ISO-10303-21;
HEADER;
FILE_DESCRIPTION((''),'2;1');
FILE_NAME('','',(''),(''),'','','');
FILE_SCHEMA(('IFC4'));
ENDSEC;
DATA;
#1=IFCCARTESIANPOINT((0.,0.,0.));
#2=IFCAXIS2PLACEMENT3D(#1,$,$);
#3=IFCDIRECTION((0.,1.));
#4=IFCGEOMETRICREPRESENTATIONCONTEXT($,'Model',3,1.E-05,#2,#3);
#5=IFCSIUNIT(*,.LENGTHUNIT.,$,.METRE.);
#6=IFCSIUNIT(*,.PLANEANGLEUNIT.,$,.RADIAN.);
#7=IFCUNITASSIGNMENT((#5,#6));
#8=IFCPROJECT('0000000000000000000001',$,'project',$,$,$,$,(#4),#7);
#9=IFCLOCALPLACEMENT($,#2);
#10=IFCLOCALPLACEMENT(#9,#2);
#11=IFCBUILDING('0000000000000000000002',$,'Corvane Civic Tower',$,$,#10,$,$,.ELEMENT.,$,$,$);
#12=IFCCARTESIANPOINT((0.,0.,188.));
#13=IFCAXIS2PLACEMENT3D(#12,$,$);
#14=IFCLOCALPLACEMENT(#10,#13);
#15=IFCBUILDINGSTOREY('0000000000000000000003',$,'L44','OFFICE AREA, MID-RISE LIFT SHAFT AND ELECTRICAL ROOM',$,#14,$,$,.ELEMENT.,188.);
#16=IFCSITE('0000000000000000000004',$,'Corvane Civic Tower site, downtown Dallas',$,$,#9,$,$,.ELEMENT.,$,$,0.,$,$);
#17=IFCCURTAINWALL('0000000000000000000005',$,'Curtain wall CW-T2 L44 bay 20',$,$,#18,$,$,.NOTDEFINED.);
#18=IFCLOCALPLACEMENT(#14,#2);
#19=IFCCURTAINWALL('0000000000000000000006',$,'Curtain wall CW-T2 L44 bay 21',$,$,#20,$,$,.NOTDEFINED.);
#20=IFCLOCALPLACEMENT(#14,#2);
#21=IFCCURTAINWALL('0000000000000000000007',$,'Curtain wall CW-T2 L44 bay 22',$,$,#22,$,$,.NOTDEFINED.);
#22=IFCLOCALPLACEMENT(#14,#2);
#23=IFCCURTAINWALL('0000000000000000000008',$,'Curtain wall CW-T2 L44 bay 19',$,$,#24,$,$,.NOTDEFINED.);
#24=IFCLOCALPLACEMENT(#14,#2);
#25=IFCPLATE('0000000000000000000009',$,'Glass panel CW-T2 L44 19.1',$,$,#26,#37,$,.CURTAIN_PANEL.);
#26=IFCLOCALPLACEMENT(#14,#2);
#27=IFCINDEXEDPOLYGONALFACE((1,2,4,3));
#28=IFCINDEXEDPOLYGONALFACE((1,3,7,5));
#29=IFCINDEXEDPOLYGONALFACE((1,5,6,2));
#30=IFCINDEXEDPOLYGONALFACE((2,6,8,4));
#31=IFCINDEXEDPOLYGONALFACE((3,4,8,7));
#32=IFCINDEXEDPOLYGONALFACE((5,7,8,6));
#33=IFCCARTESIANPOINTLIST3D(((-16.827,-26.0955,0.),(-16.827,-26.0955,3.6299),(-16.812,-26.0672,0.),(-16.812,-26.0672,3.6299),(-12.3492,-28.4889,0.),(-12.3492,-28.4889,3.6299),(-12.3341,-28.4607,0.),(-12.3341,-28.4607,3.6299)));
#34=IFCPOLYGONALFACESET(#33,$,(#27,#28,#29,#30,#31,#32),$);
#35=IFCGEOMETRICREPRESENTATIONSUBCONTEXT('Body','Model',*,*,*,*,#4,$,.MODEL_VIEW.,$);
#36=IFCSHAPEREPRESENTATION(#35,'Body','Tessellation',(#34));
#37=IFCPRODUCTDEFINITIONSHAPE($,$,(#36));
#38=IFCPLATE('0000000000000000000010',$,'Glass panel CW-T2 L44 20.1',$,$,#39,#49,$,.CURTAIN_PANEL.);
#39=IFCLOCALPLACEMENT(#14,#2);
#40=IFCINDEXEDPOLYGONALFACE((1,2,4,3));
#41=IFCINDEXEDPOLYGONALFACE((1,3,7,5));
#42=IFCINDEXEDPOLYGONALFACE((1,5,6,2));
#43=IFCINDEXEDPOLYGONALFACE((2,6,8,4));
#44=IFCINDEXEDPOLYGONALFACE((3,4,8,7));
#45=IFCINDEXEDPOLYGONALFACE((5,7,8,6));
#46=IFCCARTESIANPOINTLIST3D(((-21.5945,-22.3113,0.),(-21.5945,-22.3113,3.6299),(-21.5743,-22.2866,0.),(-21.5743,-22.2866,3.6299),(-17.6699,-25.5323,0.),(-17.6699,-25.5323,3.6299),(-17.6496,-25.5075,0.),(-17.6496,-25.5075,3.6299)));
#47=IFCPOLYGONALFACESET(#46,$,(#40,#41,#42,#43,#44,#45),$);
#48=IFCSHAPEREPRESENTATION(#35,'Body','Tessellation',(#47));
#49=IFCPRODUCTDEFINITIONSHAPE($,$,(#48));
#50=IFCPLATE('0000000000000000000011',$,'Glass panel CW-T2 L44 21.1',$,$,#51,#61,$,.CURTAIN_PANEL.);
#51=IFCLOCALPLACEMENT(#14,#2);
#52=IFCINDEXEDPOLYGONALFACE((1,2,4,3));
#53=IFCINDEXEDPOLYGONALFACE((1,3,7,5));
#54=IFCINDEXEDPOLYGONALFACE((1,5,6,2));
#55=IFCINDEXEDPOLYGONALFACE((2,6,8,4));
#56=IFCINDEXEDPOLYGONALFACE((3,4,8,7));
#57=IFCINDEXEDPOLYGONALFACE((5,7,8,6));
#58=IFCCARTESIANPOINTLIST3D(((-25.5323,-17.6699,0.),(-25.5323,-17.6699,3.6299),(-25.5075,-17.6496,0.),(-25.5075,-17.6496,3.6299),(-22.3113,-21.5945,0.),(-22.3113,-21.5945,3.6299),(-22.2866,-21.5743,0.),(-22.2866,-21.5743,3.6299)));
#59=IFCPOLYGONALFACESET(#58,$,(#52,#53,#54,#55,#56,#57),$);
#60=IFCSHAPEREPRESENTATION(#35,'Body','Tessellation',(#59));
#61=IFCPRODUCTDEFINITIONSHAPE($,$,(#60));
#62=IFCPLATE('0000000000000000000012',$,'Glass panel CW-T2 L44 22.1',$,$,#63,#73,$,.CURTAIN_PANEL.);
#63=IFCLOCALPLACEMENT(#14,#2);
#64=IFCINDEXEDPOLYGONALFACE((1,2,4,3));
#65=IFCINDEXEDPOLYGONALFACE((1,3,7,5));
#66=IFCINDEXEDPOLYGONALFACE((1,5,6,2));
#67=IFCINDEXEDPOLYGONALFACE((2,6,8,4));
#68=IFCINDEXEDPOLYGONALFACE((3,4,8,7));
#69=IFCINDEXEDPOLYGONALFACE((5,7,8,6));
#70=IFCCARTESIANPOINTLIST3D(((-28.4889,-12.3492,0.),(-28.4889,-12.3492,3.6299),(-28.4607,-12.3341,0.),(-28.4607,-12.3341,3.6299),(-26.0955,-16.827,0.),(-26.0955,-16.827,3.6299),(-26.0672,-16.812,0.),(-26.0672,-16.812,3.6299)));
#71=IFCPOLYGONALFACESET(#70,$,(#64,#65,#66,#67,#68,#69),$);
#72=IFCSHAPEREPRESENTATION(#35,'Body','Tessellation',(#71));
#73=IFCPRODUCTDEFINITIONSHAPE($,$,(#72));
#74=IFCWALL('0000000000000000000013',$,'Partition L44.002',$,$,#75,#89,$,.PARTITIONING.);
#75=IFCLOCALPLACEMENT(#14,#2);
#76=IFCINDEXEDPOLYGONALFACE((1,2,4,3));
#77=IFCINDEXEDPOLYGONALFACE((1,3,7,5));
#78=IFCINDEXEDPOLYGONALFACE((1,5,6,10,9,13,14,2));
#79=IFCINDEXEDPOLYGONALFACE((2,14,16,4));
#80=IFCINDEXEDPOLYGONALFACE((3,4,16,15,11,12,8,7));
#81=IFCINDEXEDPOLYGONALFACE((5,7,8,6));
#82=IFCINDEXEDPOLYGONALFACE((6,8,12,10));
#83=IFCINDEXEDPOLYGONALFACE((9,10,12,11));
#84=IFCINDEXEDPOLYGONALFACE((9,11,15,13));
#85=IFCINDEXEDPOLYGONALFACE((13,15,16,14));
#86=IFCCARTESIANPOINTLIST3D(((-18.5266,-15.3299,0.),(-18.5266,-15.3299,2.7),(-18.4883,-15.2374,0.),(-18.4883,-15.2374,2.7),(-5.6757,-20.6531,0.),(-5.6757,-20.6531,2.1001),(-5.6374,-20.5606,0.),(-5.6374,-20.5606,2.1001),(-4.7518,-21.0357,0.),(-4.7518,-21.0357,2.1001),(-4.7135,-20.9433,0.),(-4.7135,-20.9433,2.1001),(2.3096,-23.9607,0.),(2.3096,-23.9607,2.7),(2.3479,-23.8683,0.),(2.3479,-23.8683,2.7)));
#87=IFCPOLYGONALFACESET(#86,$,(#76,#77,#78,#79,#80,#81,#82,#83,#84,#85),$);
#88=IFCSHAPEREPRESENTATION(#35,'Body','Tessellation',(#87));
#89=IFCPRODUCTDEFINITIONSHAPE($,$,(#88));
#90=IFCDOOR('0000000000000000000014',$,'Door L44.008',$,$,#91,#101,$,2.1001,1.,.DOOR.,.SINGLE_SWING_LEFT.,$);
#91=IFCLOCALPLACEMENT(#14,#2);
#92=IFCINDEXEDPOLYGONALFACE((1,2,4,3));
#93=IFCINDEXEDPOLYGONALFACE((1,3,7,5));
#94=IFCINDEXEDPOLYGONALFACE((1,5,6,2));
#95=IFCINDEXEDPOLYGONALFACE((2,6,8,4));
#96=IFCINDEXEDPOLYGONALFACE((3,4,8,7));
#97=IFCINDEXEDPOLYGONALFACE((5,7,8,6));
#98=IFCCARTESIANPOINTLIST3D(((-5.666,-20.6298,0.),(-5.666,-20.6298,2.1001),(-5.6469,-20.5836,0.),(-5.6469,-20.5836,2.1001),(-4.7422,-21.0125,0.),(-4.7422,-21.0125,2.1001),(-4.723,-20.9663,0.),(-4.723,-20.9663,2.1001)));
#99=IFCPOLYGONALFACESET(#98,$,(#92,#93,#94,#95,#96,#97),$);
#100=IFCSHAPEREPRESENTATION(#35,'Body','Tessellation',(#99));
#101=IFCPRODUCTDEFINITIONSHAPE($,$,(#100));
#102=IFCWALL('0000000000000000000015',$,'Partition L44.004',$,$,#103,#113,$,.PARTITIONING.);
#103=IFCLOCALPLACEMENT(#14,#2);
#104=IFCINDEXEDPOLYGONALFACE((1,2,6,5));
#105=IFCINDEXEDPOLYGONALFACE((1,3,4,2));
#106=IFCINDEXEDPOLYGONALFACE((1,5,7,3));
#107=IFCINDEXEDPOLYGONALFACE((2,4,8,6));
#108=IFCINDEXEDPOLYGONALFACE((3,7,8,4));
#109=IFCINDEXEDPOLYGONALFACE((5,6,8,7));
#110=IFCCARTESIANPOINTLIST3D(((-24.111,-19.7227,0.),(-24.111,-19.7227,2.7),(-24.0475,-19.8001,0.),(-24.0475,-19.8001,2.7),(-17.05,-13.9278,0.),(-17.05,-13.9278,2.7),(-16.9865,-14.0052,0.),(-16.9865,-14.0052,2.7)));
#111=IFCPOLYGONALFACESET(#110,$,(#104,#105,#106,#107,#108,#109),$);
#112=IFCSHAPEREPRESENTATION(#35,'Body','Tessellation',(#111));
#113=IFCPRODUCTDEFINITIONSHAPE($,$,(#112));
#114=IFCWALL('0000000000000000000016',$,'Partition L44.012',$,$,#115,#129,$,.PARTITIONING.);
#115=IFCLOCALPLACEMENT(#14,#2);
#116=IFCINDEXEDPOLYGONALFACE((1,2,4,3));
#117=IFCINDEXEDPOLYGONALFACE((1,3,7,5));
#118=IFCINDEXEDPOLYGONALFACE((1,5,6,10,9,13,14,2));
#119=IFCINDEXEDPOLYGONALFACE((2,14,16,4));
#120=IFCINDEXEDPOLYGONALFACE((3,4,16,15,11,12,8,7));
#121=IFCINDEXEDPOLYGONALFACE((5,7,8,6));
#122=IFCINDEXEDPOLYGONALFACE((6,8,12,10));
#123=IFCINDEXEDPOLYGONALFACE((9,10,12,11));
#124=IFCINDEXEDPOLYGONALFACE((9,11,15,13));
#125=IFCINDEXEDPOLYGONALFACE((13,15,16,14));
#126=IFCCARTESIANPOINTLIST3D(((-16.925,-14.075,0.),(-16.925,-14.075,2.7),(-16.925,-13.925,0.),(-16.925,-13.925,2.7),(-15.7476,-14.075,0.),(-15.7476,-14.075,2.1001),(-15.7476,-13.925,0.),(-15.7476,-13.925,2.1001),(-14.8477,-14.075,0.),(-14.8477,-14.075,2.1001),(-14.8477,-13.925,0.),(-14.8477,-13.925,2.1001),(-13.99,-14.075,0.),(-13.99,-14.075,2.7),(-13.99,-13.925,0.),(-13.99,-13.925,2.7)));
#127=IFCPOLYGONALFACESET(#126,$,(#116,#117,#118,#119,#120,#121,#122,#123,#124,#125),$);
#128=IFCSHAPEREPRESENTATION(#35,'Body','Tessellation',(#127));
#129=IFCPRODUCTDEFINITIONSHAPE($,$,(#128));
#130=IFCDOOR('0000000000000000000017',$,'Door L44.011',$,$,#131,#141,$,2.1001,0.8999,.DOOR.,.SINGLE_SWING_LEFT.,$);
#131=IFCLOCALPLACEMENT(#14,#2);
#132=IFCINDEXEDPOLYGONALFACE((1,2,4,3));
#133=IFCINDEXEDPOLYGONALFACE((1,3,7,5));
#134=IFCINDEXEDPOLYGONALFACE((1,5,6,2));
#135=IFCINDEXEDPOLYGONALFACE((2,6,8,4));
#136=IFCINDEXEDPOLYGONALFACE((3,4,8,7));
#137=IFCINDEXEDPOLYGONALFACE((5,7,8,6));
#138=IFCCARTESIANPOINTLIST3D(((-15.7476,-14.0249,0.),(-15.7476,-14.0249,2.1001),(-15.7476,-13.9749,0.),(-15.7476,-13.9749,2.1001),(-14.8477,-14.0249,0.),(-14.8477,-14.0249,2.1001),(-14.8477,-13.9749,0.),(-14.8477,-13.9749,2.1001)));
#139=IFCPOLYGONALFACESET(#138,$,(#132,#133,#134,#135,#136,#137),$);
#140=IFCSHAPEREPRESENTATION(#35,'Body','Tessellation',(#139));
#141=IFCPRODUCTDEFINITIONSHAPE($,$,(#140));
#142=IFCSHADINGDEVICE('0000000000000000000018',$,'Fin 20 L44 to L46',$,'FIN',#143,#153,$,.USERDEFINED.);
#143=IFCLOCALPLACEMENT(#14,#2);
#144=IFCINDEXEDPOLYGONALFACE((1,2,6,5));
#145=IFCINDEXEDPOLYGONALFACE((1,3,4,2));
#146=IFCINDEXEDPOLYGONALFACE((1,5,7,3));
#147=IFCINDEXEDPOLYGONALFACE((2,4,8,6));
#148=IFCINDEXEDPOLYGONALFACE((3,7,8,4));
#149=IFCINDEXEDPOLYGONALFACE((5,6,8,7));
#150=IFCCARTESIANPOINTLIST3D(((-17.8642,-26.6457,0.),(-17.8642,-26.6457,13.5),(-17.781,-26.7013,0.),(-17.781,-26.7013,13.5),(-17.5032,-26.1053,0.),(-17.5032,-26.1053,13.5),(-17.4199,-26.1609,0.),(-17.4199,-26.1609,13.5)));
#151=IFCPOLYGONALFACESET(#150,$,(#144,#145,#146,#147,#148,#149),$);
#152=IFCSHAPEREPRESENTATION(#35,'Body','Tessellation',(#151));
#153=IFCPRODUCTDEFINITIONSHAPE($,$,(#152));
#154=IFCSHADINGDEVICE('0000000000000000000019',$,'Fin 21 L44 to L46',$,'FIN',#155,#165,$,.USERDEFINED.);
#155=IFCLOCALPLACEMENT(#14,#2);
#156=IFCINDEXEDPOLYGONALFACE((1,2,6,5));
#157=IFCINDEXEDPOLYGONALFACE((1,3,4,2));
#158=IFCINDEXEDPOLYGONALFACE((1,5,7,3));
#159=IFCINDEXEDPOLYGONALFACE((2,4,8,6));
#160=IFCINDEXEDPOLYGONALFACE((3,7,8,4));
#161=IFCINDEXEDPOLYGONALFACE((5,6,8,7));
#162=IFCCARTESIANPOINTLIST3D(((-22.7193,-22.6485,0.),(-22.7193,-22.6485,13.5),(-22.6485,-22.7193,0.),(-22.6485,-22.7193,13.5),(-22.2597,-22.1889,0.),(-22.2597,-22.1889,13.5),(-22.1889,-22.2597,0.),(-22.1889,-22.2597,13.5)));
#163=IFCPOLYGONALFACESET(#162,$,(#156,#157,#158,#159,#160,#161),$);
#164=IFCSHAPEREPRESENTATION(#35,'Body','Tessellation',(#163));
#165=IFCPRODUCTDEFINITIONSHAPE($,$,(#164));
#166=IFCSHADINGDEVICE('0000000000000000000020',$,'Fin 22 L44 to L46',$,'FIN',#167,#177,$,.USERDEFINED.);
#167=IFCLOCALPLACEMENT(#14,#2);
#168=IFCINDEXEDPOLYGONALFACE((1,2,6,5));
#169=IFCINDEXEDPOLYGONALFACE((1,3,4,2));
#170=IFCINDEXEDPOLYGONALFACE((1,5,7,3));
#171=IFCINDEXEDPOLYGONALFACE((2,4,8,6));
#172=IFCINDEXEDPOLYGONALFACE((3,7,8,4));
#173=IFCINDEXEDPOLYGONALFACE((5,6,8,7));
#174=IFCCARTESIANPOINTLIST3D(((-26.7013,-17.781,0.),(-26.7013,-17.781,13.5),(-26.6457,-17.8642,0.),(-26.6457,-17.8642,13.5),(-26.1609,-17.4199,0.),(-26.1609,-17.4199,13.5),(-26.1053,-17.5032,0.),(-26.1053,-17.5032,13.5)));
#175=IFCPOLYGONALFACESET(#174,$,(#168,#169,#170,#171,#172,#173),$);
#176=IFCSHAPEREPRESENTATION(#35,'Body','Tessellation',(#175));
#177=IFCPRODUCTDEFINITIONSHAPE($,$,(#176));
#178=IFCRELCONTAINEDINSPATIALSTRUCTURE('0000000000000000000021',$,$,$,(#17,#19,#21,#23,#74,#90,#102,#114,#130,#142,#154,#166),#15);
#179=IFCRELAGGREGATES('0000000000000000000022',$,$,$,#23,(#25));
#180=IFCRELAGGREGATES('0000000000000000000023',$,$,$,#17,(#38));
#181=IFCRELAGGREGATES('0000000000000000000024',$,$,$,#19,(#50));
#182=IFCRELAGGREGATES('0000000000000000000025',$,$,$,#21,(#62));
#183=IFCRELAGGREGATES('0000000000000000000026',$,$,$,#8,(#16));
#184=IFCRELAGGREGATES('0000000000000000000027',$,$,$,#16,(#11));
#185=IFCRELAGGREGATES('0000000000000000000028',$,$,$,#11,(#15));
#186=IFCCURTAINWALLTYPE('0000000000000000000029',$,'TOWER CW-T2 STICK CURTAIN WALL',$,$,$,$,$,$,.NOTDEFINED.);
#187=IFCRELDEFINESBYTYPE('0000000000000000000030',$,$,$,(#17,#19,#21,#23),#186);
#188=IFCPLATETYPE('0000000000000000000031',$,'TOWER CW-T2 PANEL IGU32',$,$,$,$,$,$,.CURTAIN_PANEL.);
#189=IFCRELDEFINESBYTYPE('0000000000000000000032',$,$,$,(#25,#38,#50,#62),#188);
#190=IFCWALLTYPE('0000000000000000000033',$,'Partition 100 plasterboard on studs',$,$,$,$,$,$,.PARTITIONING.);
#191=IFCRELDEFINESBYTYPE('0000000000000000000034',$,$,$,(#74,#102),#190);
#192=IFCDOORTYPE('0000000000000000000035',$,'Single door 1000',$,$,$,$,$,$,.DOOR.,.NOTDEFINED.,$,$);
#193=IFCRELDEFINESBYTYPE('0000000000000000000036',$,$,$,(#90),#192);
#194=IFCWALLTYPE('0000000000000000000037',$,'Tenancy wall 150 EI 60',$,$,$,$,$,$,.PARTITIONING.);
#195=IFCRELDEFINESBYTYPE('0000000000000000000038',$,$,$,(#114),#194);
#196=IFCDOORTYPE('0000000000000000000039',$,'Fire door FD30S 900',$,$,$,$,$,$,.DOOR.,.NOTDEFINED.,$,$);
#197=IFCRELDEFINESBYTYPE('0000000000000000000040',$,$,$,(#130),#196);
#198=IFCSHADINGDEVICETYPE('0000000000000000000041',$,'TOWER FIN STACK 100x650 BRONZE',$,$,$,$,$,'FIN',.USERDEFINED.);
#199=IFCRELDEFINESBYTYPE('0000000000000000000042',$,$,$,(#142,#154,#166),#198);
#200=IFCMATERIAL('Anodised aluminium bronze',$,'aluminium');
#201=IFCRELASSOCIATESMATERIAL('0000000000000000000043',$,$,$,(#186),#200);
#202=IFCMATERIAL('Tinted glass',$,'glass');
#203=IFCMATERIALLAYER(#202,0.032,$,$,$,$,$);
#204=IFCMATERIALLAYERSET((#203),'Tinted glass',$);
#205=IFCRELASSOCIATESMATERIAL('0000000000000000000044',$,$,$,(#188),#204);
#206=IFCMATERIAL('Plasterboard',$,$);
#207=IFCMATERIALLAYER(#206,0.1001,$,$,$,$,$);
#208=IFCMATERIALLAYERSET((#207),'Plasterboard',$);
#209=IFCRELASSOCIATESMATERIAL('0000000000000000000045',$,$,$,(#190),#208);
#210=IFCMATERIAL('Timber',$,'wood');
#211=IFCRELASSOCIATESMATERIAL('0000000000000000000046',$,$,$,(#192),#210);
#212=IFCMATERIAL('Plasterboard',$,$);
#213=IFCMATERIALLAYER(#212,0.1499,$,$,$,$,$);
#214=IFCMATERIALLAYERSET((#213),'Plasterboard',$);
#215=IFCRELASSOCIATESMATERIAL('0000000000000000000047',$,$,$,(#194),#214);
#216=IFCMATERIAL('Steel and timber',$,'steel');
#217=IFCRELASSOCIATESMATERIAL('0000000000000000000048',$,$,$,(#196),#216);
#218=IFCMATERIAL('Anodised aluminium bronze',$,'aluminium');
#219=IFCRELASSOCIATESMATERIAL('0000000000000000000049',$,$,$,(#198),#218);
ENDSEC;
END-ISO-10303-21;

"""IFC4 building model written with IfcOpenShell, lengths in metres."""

from ifc_helpers import new_model, si_unit, direction, frame, frame_2d, origin, origin_2d, place, context, subcontext, project, spatial, rectangle, extrude, material, layer, layer_set, material_profile, profile_set, type_object, element, fill, aggregate, save


model = new_model("IFC4")

# Units and contexts
model_context = context("Model", 3, precision=1e-05, world=origin(), true_north=direction((0.0, 1.0)))
body_context = subcontext(model_context, "Body", "Model", "MODEL_VIEW")
ifc_project = project(units=[si_unit("LENGTHUNIT", "METRE"), si_unit("PLANEANGLEUNIT", "RADIAN")], contexts=[model_context])

# Site, building, storey
site_placement = place(None, origin())
site = spatial("IfcSite", under=ifc_project, at=site_placement, Name="Corvane Civic Tower site, downtown Dallas", CompositionType="ELEMENT", RefElevation=0.0)
building_placement = place(site_placement, origin())
building = spatial("IfcBuilding", under=site, at=building_placement, Name="Corvane Civic Tower", CompositionType="ELEMENT")
storey_placement = place(building_placement, frame((0.0, 0.0, 188.0)))
storey = spatial("IfcBuildingStorey", under=building, at=storey_placement, Name="L44", Description="OFFICE AREA, MID-RISE LIFT SHAFT AND ELECTRICAL ROOM", CompositionType="ELEMENT", Elevation=188.0)

# Curtain walls
ifc_material_1 = material(Name="Anodised aluminium bronze", Category="aluminium")
curtain_wall_type = type_object("IfcCurtainWallType", Name="TOWER CW-T2 STICK CURTAIN WALL", PredefinedType="NOTDEFINED", material=ifc_material_1)
curtain_wall_1_placement = place(storey_placement, origin())
curtain_wall_1 = element("IfcCurtainWall", 1, at=curtain_wall_1_placement, inside=storey, type_object=curtain_wall_type, Name="Curtain wall CW-T2 L44 bay 20", PredefinedType="NOTDEFINED")
curtain_wall_2_placement = place(storey_placement, origin())
curtain_wall_2 = element("IfcCurtainWall", 2, at=curtain_wall_2_placement, inside=storey, type_object=curtain_wall_type, Name="Curtain wall CW-T2 L44 bay 21", PredefinedType="NOTDEFINED")
curtain_wall_3_placement = place(storey_placement, origin())
curtain_wall_3 = element("IfcCurtainWall", 3, at=curtain_wall_3_placement, inside=storey, type_object=curtain_wall_type, Name="Curtain wall CW-T2 L44 bay 22", PredefinedType="NOTDEFINED")

# Curtain wall, plate
curtain_wall_4_placement = place(storey_placement, origin())
curtain_wall_4 = element("IfcCurtainWall", 4, at=curtain_wall_4_placement, inside=storey, type_object=curtain_wall_type, Name="Curtain wall CW-T2 L44 bay 19", PredefinedType="NOTDEFINED")
ifc_material_2 = material(Name="Tinted glass", Category="glass")
ifc_layer_1 = layer(ifc_material_2, 0.032)
ifc_layer_set_1 = layer_set([ifc_layer_1], Name="Tinted glass")
plate_type = type_object("IfcPlateType", Name="TOWER CW-T2 PANEL IGU32", PredefinedType="CURTAIN_PANEL", material=ifc_layer_set_1)
plate_1_placement = place(storey_placement, frame((-14.5806, -27.2781, 0.0), z_axis=(0.0, 0.0, 1.0), x_axis=(-0.881922, 0.471395, 0.0)))
plate_1 = element("IfcPlate", 5, at=plate_1_placement, type_object=plate_type, Name="Glass panel CW-T2 L44 19.1", PredefinedType="CURTAIN_PANEL", context=body_context, shape_type="SweptSolid", body=[
    extrude(rectangle(XDim=5.0774, YDim=0.032, at=origin_2d()), origin(), (0.0, 0.0, 1.0), 3.6299),
])
aggregate(curtain_wall_4, [plate_1])

# Plates
plate_2_placement = place(storey_placement, frame((-19.6221, -23.9094, 0.0), z_axis=(0.0, 0.0, 1.0), x_axis=(-0.773005, 0.6344, 0.0)))
plate_2 = element("IfcPlate", 6, at=plate_2_placement, type_object=plate_type, Name="Glass panel CW-T2 L44 20.1", PredefinedType="CURTAIN_PANEL", context=body_context, shape_type="SweptSolid", body=[
    extrude(rectangle(XDim=5.0771, YDim=0.032, at=origin_2d()), origin(), (0.0, 0.0, 1.0), 3.6299),
])
aggregate(curtain_wall_1, [plate_2])
plate_3_placement = place(storey_placement, frame((-23.9094, -19.6221, 0.0), z_axis=(0.0, 0.0, 1.0), x_axis=(-0.6344, 0.773005, 0.0)))
plate_3 = element("IfcPlate", 7, at=plate_3_placement, type_object=plate_type, Name="Glass panel CW-T2 L44 21.1", PredefinedType="CURTAIN_PANEL", context=body_context, shape_type="SweptSolid", body=[
    extrude(rectangle(XDim=5.0771, YDim=0.032, at=origin_2d()), origin(), (0.0, 0.0, 1.0), 3.6299),
])
aggregate(curtain_wall_2, [plate_3])
plate_4_placement = place(storey_placement, frame((-27.2781, -14.5806, 0.0), z_axis=(0.0, 0.0, 1.0), x_axis=(-0.471395, 0.881922, 0.0)))
plate_4 = element("IfcPlate", 8, at=plate_4_placement, type_object=plate_type, Name="Glass panel CW-T2 L44 22.1", PredefinedType="CURTAIN_PANEL", context=body_context, shape_type="SweptSolid", body=[
    extrude(rectangle(XDim=5.0774, YDim=0.032, at=origin_2d()), origin(), (0.0, 0.0, 1.0), 3.6299),
])
aggregate(curtain_wall_3, [plate_4])

# Wall, opening, door
ifc_material_3 = material(Name="Plasterboard")
ifc_layer_2 = layer(ifc_material_3, 0.1001)
ifc_layer_set_2 = layer_set([ifc_layer_2], Name="Plasterboard")
wall_type_1 = type_object("IfcWallType", Name="Partition 100 plasterboard on studs", PredefinedType="PARTITIONING", material=ifc_layer_set_2)
wall_1_placement = place(storey_placement, frame((-18.5073, -15.2837, 0.0), z_axis=(0.0, 0.0, 1.0), x_axis=(0.923876, -0.382692, 0.0)))
wall_1 = element("IfcWall", 9, at=wall_1_placement, inside=storey, type_object=wall_type_1, Name="Partition L44.002", PredefinedType="PARTITIONING", context=body_context, shape_type="SweptSolid", body=[
    extrude(rectangle(XDim=22.553, YDim=0.1001, at=frame_2d((11.2764, 0.0))), origin(), (0.0, 0.0, 1.0), 2.7),
])
opening_1_placement = place(wall_1_placement, frame((13.9097, 0.0, 0.0)))
opening_1 = element("IfcOpeningElement", 10, at=opening_1_placement, cuts=wall_1, PredefinedType="OPENING", context=body_context, shape_type="SweptSolid", body=[
    extrude(rectangle(XDim=1.0, YDim=2.1001, at=frame_2d((0.5, 1.05))), frame((0.0, 0.0601, 0.0), z_axis=(0.0, -1.0, 0.0), x_axis=(1.0, 0.0, 0.0)), (0.0, 0.0, 1.0), 0.1201),
])
ifc_material_4 = material(Name="Timber", Category="wood")
door_type_1 = type_object("IfcDoorType", Name="Single door 1000", OperationType="NOTDEFINED", PredefinedType="DOOR", material=ifc_material_4)
door_1_placement = place(opening_1_placement, frame((1.0, 0.0, 0.0), z_axis=(0.0, 0.0, 1.0), x_axis=(-1.0, 0.0, 0.0)))
door_1 = element("IfcDoor", 11, at=door_1_placement, inside=storey, type_object=door_type_1, Name="Door L44.008", OperationType="SINGLE_SWING_LEFT", OverallHeight=2.1001, OverallWidth=1.0, PredefinedType="DOOR", context=body_context, shape_type="SweptSolid", body=[
    extrude(rectangle(XDim=1.0, YDim=2.1001, at=frame_2d((0.5, 1.05))), frame((0.0, 0.0249, 0.0), z_axis=(0.0, -1.0, 0.0), x_axis=(1.0, 0.0, 0.0)), (0.0, 0.0, 1.0), 0.05),
])
fill(opening_1, door_1)

# Wall
wall_2_placement = place(storey_placement, frame((-24.0793, -19.7615, 0.0), z_axis=(0.0, 0.0, 1.0), x_axis=(0.773006, 0.634399, 0.0)))
element("IfcWall", 12, at=wall_2_placement, inside=storey, type_object=wall_type_1, Name="Partition L44.004", PredefinedType="PARTITIONING", context=body_context, shape_type="SweptSolid", body=[
    extrude(rectangle(XDim=9.1345, YDim=0.1001, at=frame_2d((4.5674, 0.0))), origin(), (0.0, 0.0, 1.0), 2.7),
])

# Wall, opening, door
ifc_material_5 = material(Name="Plasterboard")
ifc_layer_3 = layer(ifc_material_5, 0.1499)
ifc_layer_set_3 = layer_set([ifc_layer_3], Name="Plasterboard")
wall_type_2 = type_object("IfcWallType", Name="Tenancy wall 150 EI 60", PredefinedType="PARTITIONING", material=ifc_layer_set_3)
wall_3_placement = place(storey_placement, frame((-16.925, -14.0, 0.0), z_axis=(0.0, 0.0, 1.0), x_axis=(1.0, 0.0, 0.0)))
wall_3 = element("IfcWall", 13, at=wall_3_placement, inside=storey, type_object=wall_type_2, Name="Partition L44.012", PredefinedType="PARTITIONING", context=body_context, shape_type="SweptSolid", body=[
    extrude(rectangle(XDim=2.9351, YDim=0.1499, at=frame_2d((1.4675, 0.0))), origin(), (0.0, 0.0, 1.0), 2.7),
])
opening_2_placement = place(wall_3_placement, frame((1.1775, 0.0, 0.0)))
opening_2 = element("IfcOpeningElement", 14, at=opening_2_placement, cuts=wall_3, PredefinedType="OPENING", context=body_context, shape_type="SweptSolid", body=[
    extrude(rectangle(XDim=0.8999, YDim=2.1001, at=frame_2d((0.45, 1.05))), frame((0.0, 0.085, 0.0), z_axis=(0.0, -1.0, 0.0), x_axis=(1.0, 0.0, 0.0)), (0.0, 0.0, 1.0), 0.1699),
])
ifc_material_6 = material(Name="Steel and timber", Category="steel")
door_type_2 = type_object("IfcDoorType", Name="Fire door FD30S 900", OperationType="NOTDEFINED", PredefinedType="DOOR", material=ifc_material_6)
door_2_placement = place(opening_2_placement, frame((0.8999, 0.0, 0.0), z_axis=(0.0, 0.0, 1.0), x_axis=(-1.0, 0.0, 0.0)))
door_2 = element("IfcDoor", 15, at=door_2_placement, inside=storey, type_object=door_type_2, Name="Door L44.011", OperationType="SINGLE_SWING_LEFT", OverallHeight=2.1001, OverallWidth=0.8999, PredefinedType="DOOR", context=body_context, shape_type="SweptSolid", body=[
    extrude(rectangle(XDim=0.8999, YDim=2.1001, at=frame_2d((0.45, 1.05))), frame((0.0, 0.0249, 0.0), z_axis=(0.0, -1.0, 0.0), x_axis=(1.0, 0.0, 0.0)), (0.0, 0.0, 1.0), 0.05),
])
fill(opening_2, door_2)

# Shading devices
ifc_material_7 = material(Name="Anodised aluminium bronze", Category="aluminium")
ifc_material_profile_1 = material_profile(ifc_material_7, rectangle(XDim=0.1001, YDim=0.6499, at=origin_2d()), Name="TOWER FIN STACK 100x650 BRONZE")
ifc_profile_set_1 = profile_set([ifc_material_profile_1], Name="Anodised aluminium bronze")
shading_device_type = type_object("IfcShadingDeviceType", Name="TOWER FIN STACK 100x650 BRONZE", ElementType="FIN", PredefinedType="USERDEFINED", material=ifc_profile_set_1)
for number, where, z_axis, x_axis, name in (
    (16, (-17.6421, -26.4033, 0.0), (0.0, 0.0, 1.0), (-0.83147, 0.55557, 0.0), "Fin 20 L44 to L46"),
    (17, (-22.4541, -22.4541, 0.0), (0.0, 0.0, 1.0), (-0.707107, 0.707107, 0.0), "Fin 21 L44 to L46"),
    (18, (-26.4033, -17.6421, 0.0), (0.0, 0.0, 1.0), (-0.55557, 0.83147, 0.0), "Fin 22 L44 to L46"),
):
    element("IfcShadingDevice", number, at=place(storey_placement, frame(where, z_axis=z_axis, x_axis=x_axis)), inside=storey, type_object=shading_device_type, Name=name, ObjectType="FIN", PredefinedType="USERDEFINED", context=body_context, shape_type="SweptSolid", body=[
        extrude(rectangle(XDim=0.1001, YDim=0.6499, at=origin_2d()), origin(), (0.0, 0.0, 1.0), 13.5),
    ])

save(model, "model.ifc")
